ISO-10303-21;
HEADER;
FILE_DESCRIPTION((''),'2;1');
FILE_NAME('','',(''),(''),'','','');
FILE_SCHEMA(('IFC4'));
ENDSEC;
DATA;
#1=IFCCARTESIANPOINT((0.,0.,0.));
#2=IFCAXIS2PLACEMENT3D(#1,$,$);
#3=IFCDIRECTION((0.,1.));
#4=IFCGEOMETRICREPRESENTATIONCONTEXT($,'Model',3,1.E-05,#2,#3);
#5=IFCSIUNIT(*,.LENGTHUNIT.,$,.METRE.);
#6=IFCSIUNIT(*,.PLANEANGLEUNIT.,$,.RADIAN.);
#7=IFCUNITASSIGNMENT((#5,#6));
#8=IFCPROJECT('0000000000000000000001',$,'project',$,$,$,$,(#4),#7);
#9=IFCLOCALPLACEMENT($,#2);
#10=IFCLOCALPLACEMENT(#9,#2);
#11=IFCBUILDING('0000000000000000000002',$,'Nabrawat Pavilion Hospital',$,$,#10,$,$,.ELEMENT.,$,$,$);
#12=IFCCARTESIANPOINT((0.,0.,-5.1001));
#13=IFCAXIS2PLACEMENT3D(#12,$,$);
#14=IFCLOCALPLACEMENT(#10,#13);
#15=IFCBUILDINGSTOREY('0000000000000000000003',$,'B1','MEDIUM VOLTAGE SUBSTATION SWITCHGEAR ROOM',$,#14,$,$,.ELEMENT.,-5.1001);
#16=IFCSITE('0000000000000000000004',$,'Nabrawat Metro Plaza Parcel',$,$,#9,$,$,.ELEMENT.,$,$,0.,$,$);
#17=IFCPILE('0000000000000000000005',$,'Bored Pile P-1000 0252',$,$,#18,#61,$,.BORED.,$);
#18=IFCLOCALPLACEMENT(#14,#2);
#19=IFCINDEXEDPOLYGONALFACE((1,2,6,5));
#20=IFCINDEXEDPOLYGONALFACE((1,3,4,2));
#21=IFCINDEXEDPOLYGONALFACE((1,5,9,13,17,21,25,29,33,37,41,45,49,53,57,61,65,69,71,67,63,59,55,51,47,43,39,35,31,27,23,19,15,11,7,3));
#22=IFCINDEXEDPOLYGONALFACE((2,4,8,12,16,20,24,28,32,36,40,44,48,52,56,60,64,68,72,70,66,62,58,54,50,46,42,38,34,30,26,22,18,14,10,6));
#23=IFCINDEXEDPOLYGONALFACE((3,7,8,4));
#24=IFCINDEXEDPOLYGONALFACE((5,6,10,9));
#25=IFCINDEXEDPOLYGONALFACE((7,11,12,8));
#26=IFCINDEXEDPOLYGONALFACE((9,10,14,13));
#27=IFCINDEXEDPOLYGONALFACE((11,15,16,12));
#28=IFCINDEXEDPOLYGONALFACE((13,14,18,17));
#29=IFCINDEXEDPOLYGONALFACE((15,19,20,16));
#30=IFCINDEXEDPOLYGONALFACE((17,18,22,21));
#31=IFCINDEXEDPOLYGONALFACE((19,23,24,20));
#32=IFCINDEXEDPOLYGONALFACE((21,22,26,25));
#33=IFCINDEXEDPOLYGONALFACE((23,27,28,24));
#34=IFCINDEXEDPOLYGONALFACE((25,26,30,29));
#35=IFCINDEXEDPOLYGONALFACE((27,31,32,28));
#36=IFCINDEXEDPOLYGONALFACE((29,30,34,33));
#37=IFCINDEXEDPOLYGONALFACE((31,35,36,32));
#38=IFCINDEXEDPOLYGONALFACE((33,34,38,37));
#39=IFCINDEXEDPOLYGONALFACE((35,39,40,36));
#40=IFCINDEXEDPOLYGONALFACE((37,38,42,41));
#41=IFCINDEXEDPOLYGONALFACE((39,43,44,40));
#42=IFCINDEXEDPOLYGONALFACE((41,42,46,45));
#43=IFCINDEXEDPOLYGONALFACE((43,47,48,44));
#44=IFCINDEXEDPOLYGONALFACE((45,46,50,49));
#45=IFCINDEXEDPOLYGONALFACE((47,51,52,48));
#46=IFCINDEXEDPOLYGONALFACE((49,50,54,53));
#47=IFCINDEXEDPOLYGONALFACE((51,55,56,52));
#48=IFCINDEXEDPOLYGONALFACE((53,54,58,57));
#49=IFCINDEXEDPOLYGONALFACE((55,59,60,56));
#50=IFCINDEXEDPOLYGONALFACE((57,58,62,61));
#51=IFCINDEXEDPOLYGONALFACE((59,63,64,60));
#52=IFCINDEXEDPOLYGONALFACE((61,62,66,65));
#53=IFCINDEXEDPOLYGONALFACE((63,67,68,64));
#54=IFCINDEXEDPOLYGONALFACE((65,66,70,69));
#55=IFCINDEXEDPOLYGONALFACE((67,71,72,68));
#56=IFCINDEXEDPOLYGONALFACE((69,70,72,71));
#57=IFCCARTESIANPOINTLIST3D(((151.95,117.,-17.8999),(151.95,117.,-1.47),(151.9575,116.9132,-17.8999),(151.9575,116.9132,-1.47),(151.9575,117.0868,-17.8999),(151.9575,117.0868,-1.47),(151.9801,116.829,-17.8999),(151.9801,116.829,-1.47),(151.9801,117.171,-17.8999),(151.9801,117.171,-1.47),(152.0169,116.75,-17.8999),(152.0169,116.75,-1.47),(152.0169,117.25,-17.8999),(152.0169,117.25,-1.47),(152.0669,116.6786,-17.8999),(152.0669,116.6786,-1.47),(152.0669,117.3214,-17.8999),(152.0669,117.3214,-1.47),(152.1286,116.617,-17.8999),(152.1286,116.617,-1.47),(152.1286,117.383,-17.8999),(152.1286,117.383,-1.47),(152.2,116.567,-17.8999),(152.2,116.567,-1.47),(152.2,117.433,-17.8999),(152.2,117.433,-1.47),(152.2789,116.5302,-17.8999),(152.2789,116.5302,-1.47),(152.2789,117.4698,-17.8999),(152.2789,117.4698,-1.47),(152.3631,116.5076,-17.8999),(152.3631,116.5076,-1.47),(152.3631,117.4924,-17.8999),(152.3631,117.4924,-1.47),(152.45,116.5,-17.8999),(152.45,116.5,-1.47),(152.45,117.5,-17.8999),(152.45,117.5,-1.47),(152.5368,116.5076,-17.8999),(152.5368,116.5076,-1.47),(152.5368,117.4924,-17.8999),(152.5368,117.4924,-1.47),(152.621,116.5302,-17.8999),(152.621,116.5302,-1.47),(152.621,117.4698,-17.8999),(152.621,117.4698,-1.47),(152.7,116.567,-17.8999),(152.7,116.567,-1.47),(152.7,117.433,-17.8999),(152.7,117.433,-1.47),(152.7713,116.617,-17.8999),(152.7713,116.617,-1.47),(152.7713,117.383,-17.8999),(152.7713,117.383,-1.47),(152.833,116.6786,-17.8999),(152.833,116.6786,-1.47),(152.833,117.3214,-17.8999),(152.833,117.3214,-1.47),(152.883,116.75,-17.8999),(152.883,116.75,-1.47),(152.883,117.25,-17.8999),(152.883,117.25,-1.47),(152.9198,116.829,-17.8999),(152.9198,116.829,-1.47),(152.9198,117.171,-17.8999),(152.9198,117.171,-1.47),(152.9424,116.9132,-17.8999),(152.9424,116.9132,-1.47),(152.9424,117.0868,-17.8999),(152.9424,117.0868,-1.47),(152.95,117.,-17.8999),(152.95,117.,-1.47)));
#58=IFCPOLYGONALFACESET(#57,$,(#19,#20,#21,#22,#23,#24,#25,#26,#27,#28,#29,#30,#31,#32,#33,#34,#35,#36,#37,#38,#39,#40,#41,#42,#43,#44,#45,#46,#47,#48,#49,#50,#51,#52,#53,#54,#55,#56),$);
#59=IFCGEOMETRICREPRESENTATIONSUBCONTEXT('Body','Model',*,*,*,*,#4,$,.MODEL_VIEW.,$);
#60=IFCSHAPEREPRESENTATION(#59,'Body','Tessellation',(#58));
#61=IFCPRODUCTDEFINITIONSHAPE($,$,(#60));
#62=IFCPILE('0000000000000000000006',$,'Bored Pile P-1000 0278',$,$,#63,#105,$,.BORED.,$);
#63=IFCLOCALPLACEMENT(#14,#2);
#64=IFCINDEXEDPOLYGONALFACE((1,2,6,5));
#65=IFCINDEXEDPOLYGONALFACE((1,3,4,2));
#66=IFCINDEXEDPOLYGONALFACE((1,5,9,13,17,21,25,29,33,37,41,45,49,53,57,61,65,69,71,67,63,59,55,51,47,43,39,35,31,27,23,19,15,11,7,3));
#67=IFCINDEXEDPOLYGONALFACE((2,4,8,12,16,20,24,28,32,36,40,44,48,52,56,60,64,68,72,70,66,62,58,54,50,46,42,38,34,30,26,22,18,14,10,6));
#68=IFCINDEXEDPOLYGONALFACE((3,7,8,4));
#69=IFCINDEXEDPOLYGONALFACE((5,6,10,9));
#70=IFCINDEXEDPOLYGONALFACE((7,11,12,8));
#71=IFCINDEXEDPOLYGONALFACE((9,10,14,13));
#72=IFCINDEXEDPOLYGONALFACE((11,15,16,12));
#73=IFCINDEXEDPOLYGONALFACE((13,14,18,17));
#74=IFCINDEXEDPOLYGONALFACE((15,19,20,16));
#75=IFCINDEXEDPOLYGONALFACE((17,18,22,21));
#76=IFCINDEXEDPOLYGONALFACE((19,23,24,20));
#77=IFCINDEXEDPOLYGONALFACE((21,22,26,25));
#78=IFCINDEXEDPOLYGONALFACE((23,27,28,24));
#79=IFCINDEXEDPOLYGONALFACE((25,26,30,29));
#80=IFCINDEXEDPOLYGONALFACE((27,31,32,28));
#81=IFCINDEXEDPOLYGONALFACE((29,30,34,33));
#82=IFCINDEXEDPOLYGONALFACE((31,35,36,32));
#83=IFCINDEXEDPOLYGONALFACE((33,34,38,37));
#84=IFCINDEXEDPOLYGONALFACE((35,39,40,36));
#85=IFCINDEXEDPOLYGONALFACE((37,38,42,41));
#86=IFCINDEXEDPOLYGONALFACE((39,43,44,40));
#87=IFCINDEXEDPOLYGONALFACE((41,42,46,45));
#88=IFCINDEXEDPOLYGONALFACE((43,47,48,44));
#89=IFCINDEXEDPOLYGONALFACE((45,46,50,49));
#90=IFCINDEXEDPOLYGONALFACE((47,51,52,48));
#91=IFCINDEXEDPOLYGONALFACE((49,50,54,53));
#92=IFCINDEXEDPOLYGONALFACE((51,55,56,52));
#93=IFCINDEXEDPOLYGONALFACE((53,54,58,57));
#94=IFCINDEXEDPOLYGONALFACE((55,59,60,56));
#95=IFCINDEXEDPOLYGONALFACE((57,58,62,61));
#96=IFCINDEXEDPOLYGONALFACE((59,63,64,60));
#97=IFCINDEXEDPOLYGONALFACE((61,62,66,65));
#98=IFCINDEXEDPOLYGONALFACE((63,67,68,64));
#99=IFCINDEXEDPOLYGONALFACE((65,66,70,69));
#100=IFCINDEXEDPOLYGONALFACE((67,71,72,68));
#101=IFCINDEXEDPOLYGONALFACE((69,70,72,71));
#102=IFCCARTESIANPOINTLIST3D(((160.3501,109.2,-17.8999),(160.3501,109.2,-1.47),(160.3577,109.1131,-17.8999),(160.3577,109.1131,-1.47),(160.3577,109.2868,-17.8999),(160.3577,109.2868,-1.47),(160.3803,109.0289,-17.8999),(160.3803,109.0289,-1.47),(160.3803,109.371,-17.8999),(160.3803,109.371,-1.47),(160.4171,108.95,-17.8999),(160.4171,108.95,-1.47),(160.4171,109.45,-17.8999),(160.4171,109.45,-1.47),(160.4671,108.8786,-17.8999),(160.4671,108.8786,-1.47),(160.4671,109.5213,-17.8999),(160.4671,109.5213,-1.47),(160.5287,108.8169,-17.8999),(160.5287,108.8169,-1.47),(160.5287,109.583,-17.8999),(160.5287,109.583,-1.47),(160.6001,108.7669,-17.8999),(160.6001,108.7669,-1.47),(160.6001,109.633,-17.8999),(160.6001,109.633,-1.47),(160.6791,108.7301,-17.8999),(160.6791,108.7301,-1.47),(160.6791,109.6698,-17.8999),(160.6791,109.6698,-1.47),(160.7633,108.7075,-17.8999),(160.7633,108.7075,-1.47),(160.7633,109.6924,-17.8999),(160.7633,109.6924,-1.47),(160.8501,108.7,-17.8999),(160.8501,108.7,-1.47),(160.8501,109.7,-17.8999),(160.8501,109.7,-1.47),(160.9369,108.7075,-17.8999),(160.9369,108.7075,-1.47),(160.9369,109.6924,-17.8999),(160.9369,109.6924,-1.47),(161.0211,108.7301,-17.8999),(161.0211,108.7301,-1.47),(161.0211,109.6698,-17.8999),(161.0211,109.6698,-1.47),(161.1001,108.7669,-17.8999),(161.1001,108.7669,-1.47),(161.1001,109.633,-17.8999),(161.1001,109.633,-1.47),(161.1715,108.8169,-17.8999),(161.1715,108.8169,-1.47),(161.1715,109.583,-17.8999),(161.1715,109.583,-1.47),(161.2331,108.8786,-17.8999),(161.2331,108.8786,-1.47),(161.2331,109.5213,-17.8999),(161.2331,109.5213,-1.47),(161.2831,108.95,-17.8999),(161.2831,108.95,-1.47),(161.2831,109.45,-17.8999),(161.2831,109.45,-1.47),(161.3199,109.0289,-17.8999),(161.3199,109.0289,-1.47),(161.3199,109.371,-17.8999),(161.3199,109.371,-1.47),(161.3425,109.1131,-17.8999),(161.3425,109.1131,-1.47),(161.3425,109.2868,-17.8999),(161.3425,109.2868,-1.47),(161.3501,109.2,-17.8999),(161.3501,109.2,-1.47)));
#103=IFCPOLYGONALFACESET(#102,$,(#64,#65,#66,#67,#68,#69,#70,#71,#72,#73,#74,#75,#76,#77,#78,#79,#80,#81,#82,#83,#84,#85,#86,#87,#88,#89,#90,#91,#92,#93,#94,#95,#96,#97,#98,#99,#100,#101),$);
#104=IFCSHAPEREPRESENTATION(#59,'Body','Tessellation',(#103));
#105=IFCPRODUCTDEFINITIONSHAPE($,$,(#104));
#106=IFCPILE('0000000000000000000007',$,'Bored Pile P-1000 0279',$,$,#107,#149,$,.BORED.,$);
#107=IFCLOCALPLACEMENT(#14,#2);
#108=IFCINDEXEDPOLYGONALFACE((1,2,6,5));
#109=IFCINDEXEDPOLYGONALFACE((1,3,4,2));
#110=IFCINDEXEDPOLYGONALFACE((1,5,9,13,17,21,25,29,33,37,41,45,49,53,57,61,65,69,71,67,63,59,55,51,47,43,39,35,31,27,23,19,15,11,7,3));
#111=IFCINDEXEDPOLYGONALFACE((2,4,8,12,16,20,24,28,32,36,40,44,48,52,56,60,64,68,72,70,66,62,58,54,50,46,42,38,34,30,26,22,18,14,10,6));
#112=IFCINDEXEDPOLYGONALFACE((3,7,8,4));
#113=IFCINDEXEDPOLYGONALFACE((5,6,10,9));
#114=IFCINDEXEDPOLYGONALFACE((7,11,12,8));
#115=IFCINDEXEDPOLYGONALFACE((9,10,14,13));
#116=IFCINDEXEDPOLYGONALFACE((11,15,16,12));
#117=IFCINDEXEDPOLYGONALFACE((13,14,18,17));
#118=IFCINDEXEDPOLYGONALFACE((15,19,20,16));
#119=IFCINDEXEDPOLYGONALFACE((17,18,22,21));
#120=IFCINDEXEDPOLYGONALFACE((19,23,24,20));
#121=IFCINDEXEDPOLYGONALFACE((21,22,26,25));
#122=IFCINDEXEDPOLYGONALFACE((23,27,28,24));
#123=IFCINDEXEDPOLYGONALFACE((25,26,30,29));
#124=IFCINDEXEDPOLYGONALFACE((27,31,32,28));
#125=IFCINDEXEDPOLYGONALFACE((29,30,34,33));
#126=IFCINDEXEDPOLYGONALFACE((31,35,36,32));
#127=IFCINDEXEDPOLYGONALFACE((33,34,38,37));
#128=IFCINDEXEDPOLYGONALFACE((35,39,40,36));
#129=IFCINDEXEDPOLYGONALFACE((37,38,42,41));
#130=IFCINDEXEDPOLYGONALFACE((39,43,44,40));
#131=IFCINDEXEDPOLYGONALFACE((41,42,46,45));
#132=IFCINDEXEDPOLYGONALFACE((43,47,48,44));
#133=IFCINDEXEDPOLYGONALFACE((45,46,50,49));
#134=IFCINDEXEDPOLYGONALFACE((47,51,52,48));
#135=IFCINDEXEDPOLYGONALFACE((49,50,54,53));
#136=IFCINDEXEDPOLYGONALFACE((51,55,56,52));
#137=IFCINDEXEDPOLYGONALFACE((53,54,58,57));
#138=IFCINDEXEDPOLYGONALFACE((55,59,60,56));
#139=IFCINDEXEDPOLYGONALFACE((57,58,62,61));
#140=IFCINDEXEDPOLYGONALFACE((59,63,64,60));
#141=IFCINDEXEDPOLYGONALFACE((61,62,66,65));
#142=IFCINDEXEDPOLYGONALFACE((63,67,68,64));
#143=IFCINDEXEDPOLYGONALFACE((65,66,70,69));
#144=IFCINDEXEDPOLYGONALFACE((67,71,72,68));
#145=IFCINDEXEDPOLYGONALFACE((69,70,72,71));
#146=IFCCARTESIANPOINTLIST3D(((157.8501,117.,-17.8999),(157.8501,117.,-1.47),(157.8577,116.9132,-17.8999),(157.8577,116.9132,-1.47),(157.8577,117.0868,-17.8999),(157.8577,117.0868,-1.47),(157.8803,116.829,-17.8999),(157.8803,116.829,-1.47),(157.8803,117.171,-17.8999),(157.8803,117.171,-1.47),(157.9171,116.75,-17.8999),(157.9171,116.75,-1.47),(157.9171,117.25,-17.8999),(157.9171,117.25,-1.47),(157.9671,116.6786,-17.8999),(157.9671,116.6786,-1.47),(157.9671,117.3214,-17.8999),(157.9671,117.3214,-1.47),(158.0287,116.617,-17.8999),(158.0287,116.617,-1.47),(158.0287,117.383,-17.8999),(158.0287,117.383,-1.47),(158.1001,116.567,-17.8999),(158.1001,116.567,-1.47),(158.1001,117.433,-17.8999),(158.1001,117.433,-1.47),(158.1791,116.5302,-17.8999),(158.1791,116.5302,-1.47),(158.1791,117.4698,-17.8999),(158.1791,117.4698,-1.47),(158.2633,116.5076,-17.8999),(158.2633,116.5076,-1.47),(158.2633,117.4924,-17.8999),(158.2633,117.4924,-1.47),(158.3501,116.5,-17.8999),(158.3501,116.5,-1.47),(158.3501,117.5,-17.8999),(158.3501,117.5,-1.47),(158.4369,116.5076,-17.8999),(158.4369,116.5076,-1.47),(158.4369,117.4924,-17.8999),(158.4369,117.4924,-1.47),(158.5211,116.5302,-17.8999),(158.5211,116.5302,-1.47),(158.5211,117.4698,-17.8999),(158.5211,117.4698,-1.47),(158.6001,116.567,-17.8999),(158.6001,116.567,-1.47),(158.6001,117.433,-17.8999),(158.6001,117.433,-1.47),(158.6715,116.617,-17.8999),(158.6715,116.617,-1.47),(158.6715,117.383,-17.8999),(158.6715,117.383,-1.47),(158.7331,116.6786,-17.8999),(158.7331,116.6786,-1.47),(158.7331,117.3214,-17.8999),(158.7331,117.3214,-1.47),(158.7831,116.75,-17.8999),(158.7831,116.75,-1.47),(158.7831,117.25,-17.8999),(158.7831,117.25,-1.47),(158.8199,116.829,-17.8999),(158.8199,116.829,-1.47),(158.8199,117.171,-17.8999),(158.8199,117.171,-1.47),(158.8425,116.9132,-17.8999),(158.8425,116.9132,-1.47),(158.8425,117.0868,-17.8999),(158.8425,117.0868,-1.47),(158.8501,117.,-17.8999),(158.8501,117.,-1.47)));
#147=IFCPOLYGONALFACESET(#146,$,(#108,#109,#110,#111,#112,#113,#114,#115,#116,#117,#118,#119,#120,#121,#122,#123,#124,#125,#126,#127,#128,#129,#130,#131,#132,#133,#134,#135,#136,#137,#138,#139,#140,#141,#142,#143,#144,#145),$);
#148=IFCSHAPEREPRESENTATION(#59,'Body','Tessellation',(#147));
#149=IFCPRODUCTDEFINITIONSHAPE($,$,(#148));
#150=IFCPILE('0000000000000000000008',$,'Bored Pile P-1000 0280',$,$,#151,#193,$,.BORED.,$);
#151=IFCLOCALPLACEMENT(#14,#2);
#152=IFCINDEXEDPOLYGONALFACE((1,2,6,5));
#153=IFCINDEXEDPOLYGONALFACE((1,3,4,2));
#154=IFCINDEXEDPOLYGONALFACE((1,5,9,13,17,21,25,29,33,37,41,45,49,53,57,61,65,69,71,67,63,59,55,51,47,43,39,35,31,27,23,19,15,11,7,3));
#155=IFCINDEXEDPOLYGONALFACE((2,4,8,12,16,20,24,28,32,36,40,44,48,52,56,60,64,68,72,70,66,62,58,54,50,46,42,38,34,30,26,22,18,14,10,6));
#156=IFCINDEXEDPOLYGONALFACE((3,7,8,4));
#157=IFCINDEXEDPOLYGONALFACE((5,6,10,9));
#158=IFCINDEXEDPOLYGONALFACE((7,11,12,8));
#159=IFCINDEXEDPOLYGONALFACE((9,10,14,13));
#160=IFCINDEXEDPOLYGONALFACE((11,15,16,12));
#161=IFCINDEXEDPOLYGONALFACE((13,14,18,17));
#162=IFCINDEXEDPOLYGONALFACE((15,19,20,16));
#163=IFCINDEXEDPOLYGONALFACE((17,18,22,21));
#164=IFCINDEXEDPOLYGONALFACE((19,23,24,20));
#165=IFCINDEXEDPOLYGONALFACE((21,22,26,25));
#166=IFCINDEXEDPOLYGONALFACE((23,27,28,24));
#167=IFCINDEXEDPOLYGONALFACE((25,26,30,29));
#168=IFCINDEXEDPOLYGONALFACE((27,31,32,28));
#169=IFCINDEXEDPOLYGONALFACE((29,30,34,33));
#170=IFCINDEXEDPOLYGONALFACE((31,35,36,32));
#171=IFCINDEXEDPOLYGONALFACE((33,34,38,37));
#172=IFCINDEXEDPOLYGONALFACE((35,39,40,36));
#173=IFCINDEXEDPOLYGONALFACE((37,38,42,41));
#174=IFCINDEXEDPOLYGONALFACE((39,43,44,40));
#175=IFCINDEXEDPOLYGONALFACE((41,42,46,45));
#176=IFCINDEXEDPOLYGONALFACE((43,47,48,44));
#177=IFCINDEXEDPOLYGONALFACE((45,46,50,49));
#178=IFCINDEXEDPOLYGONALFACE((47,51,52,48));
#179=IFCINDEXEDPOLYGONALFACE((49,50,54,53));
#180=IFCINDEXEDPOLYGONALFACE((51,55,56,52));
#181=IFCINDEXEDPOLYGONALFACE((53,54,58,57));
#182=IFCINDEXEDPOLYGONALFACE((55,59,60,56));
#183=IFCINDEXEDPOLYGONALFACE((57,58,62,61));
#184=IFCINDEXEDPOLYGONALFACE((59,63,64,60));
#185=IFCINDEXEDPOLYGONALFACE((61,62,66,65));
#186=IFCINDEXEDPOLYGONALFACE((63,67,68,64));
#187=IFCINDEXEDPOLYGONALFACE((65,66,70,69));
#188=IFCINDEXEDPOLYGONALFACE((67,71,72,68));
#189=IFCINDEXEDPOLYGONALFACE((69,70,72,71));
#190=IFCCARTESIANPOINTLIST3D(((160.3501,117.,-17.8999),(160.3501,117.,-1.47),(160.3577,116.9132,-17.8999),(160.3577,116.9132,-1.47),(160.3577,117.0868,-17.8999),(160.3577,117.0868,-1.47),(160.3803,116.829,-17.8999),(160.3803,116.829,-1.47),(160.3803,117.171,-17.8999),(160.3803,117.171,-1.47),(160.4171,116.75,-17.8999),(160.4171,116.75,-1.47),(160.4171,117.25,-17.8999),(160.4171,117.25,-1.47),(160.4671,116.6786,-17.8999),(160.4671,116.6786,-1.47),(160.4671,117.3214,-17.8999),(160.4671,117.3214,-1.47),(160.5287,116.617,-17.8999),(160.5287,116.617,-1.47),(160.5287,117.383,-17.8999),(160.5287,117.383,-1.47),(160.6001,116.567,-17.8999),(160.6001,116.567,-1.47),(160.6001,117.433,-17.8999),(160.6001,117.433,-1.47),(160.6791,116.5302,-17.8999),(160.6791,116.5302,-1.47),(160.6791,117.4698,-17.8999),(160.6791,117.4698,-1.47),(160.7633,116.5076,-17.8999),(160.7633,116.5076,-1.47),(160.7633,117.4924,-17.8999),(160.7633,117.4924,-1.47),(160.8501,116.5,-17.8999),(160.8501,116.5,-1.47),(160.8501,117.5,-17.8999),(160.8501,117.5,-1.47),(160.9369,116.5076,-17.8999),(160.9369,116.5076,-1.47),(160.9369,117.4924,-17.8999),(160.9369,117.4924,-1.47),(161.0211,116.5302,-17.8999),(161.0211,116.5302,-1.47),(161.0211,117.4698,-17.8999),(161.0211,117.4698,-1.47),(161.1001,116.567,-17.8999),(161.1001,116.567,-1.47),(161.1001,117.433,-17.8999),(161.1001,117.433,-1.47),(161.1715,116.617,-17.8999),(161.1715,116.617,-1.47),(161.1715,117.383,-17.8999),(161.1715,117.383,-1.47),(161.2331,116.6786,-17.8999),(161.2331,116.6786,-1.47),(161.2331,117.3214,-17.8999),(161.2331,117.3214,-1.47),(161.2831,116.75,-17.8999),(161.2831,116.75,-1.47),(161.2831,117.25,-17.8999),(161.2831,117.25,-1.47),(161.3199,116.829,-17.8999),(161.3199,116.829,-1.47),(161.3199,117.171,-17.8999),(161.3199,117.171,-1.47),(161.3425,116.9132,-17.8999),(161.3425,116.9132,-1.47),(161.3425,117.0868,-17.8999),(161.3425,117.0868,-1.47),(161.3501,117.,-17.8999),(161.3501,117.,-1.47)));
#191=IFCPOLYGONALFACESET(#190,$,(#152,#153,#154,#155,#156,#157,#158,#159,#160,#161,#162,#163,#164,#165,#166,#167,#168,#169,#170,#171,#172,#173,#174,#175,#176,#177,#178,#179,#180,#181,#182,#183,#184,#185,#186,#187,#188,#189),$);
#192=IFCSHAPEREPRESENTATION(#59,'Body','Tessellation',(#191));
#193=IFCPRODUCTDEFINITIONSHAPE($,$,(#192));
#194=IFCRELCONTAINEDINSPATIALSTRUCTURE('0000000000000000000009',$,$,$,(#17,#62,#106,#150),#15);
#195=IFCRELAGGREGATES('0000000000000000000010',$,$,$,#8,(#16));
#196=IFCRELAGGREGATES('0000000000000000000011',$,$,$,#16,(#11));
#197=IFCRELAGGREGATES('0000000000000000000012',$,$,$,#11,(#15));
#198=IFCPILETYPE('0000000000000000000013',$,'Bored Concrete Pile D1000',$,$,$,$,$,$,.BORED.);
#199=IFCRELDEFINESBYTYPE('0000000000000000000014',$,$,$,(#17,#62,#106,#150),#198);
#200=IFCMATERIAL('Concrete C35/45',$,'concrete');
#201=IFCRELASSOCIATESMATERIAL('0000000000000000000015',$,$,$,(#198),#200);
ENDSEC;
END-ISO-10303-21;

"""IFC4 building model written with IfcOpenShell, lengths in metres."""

from ifc_helpers import new_model, si_unit, direction, frame, origin, origin_2d, place, context, subcontext, project, spatial, circle, extrude, material, material_profile, profile_set, type_object, element, save


model = new_model("IFC4")

# Units and contexts
model_context = context("Model", 3, precision=1e-05, world=origin(), true_north=direction((0.0, 1.0)))
body_context = subcontext(model_context, "Body", "Model", "MODEL_VIEW")
ifc_project = project(units=[si_unit("LENGTHUNIT", "METRE"), si_unit("PLANEANGLEUNIT", "RADIAN")], contexts=[model_context])

# Site, building, storey
site_placement = place(None, origin())
site = spatial("IfcSite", under=ifc_project, at=site_placement, Name="Nabrawat Metro Plaza Parcel", CompositionType="ELEMENT", RefElevation=0.0)
building_placement = place(site_placement, origin())
building = spatial("IfcBuilding", under=site, at=building_placement, Name="Nabrawat Pavilion Hospital", CompositionType="ELEMENT")
storey_placement = place(building_placement, frame((0.0, 0.0, -5.1001)))
storey = spatial("IfcBuildingStorey", under=building, at=storey_placement, Name="B1", Description="MEDIUM VOLTAGE SUBSTATION SWITCHGEAR ROOM", CompositionType="ELEMENT", Elevation=-5.1001)

# Piles
ifc_material_1 = material(Name="Concrete C35/45", Category="concrete")
ifc_material_profile_1 = material_profile(ifc_material_1, circle(Radius=0.5, at=origin_2d()), Name="DIA 1000")
ifc_profile_set_1 = profile_set([ifc_material_profile_1], Name="Concrete C35/45")
pile_type_1 = type_object("IfcPileType", Name="Bored Concrete Pile D1000", PredefinedType="BORED", material=ifc_profile_set_1)
for number, where, z_axis, x_axis, name in (
    (1, (152.45, 117.0, -1.47), (0.0, 0.0, -1.0), (1.0, 0.0, 0.0), "Bored Pile P-1000 0252"),
    (2, (160.8501, 109.2, -1.47), (0.0, 0.0, -1.0), (1.0, 0.0, 0.0), "Bored Pile P-1000 0278"),
    (3, (158.3501, 117.0, -1.47), (0.0, 0.0, -1.0), (1.0, 0.0, 0.0), "Bored Pile P-1000 0279"),
    (4, (160.8501, 117.0, -1.47), (0.0, 0.0, -1.0), (1.0, 0.0, 0.0), "Bored Pile P-1000 0280"),
):
    element("IfcPile", number, at=place(storey_placement, frame(where, z_axis=z_axis, x_axis=x_axis)), inside=storey, type_object=pile_type_1, Name=name, PredefinedType="BORED", context=body_context, shape_type="SweptSolid", body=[
        extrude(circle(Radius=0.5, at=origin_2d()), origin(), (0.0, 0.0, 1.0), 16.4299),
    ])

save(model, "model.ifc")
